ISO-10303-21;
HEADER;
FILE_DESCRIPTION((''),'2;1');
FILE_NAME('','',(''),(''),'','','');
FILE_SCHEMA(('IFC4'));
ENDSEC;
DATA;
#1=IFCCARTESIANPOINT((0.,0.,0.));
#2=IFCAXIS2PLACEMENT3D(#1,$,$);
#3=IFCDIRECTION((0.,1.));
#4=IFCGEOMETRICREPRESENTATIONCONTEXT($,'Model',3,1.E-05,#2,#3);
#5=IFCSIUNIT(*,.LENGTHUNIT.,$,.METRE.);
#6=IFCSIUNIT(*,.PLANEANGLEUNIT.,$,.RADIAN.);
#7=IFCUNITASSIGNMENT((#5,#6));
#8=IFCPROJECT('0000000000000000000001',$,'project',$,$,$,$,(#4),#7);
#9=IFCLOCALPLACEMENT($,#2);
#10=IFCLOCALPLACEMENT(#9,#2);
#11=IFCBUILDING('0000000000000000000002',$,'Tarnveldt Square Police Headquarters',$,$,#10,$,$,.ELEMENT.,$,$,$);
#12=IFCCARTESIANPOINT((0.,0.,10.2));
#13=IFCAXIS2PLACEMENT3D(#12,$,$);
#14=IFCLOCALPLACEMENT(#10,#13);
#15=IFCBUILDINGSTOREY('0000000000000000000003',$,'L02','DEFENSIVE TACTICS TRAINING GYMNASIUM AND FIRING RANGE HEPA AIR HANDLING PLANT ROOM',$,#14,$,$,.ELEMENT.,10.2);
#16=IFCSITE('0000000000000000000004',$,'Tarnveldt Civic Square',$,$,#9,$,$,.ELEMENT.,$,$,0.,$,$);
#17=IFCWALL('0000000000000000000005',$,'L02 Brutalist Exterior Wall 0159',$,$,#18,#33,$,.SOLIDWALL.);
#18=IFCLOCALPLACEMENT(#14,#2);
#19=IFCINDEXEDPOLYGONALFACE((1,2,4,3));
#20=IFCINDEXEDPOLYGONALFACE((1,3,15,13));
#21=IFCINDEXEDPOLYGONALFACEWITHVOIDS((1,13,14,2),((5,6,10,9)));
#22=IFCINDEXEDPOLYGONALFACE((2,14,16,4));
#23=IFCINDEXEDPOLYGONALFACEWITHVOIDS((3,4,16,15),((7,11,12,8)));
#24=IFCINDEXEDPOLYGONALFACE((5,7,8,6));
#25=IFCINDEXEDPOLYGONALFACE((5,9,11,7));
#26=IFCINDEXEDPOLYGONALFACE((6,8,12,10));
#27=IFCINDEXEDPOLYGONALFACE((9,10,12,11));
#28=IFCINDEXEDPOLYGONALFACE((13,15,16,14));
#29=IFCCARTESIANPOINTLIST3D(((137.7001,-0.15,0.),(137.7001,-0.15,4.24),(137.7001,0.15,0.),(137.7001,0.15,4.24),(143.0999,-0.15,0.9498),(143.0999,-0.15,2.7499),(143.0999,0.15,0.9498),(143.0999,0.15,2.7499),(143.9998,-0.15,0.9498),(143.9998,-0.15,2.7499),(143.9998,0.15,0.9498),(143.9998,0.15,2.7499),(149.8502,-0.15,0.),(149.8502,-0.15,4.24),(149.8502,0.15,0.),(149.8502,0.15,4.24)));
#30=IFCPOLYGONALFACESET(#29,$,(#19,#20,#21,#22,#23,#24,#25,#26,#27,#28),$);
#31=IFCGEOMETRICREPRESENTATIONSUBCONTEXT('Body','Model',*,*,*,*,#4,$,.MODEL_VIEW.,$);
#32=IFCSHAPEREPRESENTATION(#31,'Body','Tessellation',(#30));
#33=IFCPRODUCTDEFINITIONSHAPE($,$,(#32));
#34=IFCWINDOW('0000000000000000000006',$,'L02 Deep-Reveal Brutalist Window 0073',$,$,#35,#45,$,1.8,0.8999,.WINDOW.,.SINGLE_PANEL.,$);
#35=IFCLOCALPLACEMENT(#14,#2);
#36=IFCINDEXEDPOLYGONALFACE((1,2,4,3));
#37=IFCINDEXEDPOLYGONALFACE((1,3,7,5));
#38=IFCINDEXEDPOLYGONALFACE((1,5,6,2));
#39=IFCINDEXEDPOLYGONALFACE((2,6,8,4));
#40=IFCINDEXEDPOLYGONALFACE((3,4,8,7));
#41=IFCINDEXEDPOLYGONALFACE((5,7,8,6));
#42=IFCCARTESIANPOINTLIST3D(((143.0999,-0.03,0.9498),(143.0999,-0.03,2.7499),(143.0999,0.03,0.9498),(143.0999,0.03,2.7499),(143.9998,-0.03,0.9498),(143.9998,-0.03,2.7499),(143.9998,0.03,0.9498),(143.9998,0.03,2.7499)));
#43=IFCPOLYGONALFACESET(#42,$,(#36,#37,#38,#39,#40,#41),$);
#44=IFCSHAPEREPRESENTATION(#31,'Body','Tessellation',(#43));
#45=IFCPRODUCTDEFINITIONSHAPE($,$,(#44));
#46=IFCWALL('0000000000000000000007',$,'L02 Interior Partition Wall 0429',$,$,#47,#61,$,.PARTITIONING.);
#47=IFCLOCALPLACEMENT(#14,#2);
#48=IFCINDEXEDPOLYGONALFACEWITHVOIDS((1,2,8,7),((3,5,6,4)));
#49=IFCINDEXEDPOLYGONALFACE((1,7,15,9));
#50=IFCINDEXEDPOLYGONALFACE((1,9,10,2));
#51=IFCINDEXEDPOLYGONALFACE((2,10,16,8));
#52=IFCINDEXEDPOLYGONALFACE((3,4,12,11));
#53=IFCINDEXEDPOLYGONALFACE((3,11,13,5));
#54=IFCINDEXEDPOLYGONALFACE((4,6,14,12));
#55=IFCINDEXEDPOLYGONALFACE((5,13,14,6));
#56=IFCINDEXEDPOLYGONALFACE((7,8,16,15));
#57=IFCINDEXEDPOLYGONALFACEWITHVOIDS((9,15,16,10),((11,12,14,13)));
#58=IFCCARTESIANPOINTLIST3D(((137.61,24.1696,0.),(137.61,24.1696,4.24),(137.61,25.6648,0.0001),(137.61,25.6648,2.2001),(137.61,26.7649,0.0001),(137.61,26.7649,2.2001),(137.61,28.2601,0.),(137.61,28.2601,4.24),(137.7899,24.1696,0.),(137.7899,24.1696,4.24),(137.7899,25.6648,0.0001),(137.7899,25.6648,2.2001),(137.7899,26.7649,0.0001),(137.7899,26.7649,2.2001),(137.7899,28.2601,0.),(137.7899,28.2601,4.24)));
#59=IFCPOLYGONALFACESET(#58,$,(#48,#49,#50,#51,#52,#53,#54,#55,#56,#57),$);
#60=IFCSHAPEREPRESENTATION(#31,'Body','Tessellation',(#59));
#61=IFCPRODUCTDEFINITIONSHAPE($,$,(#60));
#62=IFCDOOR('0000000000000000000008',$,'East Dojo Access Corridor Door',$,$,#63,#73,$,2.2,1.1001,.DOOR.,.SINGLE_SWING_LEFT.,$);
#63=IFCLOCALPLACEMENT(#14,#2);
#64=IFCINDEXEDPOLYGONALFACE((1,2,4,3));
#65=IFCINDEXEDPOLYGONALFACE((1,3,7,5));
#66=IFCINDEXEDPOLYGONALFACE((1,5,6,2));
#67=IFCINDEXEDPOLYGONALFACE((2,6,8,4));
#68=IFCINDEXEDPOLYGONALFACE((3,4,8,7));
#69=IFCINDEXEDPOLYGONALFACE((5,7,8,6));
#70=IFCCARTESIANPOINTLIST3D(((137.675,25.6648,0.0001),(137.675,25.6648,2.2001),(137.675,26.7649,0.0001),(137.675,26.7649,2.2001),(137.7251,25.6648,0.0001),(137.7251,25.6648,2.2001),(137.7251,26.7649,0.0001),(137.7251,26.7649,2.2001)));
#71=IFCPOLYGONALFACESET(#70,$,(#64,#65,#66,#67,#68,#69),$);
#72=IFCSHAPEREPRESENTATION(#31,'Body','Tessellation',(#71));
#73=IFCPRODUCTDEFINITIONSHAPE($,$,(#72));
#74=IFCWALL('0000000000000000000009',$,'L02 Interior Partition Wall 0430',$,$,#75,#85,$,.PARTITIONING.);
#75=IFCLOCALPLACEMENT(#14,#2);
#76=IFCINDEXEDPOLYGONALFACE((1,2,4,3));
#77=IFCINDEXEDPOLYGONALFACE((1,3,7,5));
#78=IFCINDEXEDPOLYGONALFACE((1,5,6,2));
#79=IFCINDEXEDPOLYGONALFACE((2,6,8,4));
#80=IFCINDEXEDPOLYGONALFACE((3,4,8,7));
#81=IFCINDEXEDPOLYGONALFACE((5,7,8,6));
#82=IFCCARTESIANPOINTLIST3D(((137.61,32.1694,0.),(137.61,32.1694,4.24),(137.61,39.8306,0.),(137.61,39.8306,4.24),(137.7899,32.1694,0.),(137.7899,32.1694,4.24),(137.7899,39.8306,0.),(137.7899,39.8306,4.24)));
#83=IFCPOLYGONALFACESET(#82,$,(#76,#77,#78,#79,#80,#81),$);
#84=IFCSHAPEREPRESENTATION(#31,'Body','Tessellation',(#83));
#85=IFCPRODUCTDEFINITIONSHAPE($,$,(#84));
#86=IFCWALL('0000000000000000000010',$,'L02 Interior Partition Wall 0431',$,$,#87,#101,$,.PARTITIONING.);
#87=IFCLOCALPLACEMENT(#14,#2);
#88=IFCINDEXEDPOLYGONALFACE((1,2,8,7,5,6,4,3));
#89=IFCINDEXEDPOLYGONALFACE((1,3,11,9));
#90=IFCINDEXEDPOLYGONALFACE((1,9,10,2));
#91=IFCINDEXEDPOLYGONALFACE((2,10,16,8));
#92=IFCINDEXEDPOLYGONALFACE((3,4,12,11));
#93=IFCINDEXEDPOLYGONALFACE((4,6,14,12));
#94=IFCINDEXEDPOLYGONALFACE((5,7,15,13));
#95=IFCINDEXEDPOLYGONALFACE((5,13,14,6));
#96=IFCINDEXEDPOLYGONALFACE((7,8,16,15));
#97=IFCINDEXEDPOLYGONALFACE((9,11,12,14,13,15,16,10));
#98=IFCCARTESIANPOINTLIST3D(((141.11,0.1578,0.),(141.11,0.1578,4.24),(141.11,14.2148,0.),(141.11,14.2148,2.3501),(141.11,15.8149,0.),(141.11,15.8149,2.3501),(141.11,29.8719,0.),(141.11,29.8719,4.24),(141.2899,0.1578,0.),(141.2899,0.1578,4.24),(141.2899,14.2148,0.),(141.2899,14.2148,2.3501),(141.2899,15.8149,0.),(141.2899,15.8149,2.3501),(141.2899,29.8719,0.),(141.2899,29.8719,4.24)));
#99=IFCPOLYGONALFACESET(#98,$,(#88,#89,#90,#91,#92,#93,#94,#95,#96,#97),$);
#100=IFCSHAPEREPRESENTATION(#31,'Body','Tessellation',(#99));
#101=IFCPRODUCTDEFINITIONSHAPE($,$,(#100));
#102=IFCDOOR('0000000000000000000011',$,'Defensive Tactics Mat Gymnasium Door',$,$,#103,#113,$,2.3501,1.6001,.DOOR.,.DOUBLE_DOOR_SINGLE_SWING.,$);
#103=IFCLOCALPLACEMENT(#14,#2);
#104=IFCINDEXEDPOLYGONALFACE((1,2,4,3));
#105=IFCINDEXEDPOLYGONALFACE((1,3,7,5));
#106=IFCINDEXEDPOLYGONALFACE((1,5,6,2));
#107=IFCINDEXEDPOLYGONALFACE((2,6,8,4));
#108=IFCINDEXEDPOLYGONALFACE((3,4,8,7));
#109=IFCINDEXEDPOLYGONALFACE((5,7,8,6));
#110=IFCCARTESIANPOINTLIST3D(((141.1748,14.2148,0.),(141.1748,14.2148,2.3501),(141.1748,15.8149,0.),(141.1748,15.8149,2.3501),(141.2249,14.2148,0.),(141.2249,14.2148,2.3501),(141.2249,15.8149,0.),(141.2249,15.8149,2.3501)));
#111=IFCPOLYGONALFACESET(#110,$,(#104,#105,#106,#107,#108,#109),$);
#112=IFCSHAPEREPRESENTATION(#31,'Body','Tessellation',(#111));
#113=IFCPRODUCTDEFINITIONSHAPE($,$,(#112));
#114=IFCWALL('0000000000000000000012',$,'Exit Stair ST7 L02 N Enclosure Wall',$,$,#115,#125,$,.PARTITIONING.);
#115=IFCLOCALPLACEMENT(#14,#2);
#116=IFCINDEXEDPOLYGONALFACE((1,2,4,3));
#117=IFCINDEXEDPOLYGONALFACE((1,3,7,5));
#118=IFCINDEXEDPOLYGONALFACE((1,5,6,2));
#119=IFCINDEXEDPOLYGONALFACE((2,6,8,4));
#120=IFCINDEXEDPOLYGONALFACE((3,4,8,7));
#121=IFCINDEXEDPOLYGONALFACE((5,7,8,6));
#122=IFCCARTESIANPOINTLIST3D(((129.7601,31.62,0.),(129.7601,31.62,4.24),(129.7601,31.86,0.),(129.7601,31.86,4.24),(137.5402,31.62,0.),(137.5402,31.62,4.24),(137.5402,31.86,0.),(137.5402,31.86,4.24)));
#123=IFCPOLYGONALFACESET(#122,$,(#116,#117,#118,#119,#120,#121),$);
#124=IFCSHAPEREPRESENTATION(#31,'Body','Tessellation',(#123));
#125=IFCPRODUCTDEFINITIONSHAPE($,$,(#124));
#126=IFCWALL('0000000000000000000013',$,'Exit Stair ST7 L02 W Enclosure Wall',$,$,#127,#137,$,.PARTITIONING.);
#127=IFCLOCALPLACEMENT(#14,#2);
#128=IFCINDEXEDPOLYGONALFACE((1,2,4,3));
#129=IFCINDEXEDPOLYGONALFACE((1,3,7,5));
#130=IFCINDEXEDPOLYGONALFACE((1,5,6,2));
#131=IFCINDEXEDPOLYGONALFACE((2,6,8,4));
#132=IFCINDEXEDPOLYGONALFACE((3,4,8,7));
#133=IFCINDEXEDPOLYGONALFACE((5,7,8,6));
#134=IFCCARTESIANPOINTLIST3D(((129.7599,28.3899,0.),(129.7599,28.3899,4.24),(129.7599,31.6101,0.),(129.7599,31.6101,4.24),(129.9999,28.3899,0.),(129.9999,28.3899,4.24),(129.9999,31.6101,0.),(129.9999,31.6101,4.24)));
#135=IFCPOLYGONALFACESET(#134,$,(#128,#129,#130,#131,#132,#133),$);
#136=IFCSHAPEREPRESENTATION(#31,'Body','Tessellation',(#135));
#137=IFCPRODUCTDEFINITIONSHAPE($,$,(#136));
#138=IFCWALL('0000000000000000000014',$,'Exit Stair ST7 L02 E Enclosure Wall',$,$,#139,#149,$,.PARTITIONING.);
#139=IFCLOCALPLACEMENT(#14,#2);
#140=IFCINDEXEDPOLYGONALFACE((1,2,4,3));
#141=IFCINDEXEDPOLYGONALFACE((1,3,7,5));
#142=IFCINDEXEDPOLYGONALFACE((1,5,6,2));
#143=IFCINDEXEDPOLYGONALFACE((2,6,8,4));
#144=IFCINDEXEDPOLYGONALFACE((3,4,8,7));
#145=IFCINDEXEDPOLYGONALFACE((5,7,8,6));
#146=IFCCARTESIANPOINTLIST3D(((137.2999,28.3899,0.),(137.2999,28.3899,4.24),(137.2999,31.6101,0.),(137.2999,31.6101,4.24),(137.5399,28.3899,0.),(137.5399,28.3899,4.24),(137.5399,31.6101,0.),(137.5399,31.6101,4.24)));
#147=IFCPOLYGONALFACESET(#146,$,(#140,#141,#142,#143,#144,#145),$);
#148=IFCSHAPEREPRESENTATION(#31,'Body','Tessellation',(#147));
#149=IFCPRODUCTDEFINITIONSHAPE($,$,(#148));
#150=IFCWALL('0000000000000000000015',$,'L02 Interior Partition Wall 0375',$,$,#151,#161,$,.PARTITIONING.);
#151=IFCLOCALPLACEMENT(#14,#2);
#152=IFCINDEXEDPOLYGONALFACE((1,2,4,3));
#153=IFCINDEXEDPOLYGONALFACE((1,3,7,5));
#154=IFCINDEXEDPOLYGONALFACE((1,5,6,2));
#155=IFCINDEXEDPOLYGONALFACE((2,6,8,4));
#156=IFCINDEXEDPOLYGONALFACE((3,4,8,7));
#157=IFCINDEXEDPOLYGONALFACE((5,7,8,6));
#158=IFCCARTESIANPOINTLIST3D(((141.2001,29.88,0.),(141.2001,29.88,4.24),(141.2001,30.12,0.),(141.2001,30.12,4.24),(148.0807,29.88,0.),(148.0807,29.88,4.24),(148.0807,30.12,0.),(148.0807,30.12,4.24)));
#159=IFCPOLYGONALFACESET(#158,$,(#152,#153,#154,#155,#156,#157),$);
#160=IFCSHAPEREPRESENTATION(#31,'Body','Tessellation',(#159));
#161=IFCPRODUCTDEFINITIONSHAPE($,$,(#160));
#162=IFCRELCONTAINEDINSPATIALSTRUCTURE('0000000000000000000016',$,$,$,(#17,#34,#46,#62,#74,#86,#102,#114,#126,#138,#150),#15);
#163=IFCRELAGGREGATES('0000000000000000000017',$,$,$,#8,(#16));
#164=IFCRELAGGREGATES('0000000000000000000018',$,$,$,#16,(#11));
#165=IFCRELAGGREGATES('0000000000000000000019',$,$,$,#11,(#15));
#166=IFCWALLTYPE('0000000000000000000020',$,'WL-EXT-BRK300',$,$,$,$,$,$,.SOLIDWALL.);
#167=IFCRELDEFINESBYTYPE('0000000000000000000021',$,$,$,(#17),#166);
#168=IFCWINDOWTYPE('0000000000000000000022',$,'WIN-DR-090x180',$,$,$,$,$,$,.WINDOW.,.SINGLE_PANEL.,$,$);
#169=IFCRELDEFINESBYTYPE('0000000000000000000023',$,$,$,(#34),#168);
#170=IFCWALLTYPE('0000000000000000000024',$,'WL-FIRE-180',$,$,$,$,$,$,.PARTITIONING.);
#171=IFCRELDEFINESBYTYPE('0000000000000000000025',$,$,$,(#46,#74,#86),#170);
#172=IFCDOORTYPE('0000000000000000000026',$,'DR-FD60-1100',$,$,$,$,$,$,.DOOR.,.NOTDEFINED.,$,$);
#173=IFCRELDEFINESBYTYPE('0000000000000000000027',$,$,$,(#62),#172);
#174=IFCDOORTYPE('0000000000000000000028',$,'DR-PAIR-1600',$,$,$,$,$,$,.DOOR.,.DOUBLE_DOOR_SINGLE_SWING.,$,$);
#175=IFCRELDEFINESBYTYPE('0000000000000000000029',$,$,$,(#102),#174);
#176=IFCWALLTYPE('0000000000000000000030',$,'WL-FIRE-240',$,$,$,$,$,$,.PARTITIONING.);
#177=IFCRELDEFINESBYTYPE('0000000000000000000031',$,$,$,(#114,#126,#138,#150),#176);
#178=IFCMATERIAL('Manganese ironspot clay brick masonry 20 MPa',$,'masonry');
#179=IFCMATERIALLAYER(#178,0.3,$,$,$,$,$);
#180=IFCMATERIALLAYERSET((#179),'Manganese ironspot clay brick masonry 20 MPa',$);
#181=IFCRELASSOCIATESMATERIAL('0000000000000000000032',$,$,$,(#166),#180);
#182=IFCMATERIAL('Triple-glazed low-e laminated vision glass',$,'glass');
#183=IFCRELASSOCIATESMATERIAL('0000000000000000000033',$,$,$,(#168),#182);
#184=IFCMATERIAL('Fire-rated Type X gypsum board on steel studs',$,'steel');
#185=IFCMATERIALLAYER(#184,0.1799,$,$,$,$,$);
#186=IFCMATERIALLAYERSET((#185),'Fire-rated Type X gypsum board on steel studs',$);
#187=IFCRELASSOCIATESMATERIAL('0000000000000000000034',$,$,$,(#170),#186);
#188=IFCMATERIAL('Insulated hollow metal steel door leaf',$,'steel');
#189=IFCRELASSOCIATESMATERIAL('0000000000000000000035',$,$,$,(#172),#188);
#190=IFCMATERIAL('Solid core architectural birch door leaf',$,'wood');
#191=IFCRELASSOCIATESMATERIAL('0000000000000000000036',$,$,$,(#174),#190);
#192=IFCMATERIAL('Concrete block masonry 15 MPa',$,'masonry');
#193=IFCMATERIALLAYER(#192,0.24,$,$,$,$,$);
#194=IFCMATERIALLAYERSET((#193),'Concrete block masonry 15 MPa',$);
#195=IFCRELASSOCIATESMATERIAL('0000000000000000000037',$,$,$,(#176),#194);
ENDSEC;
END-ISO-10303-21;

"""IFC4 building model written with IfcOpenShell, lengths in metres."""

from ifc_helpers import new_model, si_unit, direction, frame, frame_2d, origin, place, context, subcontext, project, spatial, rectangle, extrude, material, layer, layer_set, type_object, element, fill, save


model = new_model("IFC4")

# Units and contexts
model_context = context("Model", 3, precision=1e-05, world=origin(), true_north=direction((0.0, 1.0)))
body_context = subcontext(model_context, "Body", "Model", "MODEL_VIEW")
ifc_project = project(units=[si_unit("LENGTHUNIT", "METRE"), si_unit("PLANEANGLEUNIT", "RADIAN")], contexts=[model_context])

# Site, building, storey
site_placement = place(None, origin())
site = spatial("IfcSite", under=ifc_project, at=site_placement, Name="Tarnveldt Civic Square", CompositionType="ELEMENT", RefElevation=0.0)
building_placement = place(site_placement, origin())
building = spatial("IfcBuilding", under=site, at=building_placement, Name="Tarnveldt Square Police Headquarters", CompositionType="ELEMENT")
storey_placement = place(building_placement, frame((0.0, 0.0, 10.2)))
storey = spatial("IfcBuildingStorey", under=building, at=storey_placement, Name="L02", Description="DEFENSIVE TACTICS TRAINING GYMNASIUM AND FIRING RANGE HEPA AIR HANDLING PLANT ROOM", CompositionType="ELEMENT", Elevation=10.2)

# Wall, opening, window
ifc_material_1 = material(Name="Manganese ironspot clay brick masonry 20 MPa", Category="masonry")
ifc_layer_1 = layer(ifc_material_1, 0.3)
ifc_layer_set_1 = layer_set([ifc_layer_1], Name="Manganese ironspot clay brick masonry 20 MPa")
wall_type_1 = type_object("IfcWallType", Name="WL-EXT-BRK300", PredefinedType="SOLIDWALL", material=ifc_layer_set_1)
ifc_material_2 = material(Name="Triple-glazed low-e laminated vision glass", Category="glass")
wall_1_placement = place(storey_placement, frame((137.7, 0.0, 0.0), z_axis=(0.0, 0.0, 1.0), x_axis=(1.0, 0.0, 0.0)))
wall_1 = element("IfcWall", 1, at=wall_1_placement, inside=storey, type_object=wall_type_1, Name="L02 Brutalist Exterior Wall 0159", PredefinedType="SOLIDWALL", context=body_context, shape_type="SweptSolid", body=[
    extrude(rectangle(XDim=12.1501, YDim=0.3, at=frame_2d((6.0752, 0.0))), origin(), (0.0, 0.0, 1.0), 4.24),
])
opening_1_placement = place(wall_1_placement, frame((5.3999, 0.0, 0.95)))
opening_1 = element("IfcOpeningElement", 2, at=opening_1_placement, cuts=wall_1, PredefinedType="OPENING", context=body_context, shape_type="SweptSolid", body=[
    extrude(rectangle(XDim=0.8999, YDim=1.8, at=frame_2d((0.45, 0.8999))), frame((0.0, 0.1599, 0.0), z_axis=(0.0, -1.0, 0.0), x_axis=(1.0, 0.0, 0.0)), (0.0, 0.0, 1.0), 0.3201),
])
window_type_1 = type_object("IfcWindowType", Name="WIN-DR-090x180", PartitioningType="SINGLE_PANEL", PredefinedType="WINDOW", material=ifc_material_2)
window_1_placement = place(opening_1_placement, origin())
window_1 = element("IfcWindow", 3, at=window_1_placement, inside=storey, type_object=window_type_1, Name="L02 Deep-Reveal Brutalist Window 0073", OverallHeight=1.8, OverallWidth=0.8999, PartitioningType="SINGLE_PANEL", PredefinedType="WINDOW", context=body_context, shape_type="SweptSolid", body=[
    extrude(rectangle(XDim=0.8999, YDim=1.8, at=frame_2d((0.45, 0.8999))), frame((0.0, 0.03, 0.0), z_axis=(0.0, -1.0, 0.0), x_axis=(1.0, 0.0, 0.0)), (0.0, 0.0, 1.0), 0.0601),
])
fill(opening_1, window_1)

# Wall, opening, door
ifc_material_3 = material(Name="Fire-rated Type X gypsum board on steel studs", Category="steel")
ifc_layer_2 = layer(ifc_material_3, 0.1799)
ifc_layer_set_2 = layer_set([ifc_layer_2], Name="Fire-rated Type X gypsum board on steel studs")
wall_type_2 = type_object("IfcWallType", Name="WL-FIRE-180", PredefinedType="PARTITIONING", material=ifc_layer_set_2)
wall_2_placement = place(storey_placement, frame((137.7, 24.1694, 0.0), z_axis=(0.0, 0.0, 1.0), x_axis=(0.0, 1.0, 0.0)))
wall_2 = element("IfcWall", 4, at=wall_2_placement, inside=storey, type_object=wall_type_2, Name="L02 Interior Partition Wall 0429", PredefinedType="PARTITIONING", context=body_context, shape_type="SweptSolid", body=[
    extrude(rectangle(XDim=4.0906, YDim=0.1799, at=frame_2d((2.0454, 0.0))), origin(), (0.0, 0.0, 1.0), 4.24),
])
opening_2_placement = place(wall_2_placement, frame((1.4954, 0.0, 0.0)))
opening_2 = element("IfcOpeningElement", 5, at=opening_2_placement, cuts=wall_2, PredefinedType="OPENING", context=body_context, shape_type="SweptSolid", body=[
    extrude(rectangle(XDim=1.1001, YDim=2.2, at=frame_2d((0.55, 1.1001))), frame((0.0, 0.0999, 0.0), z_axis=(0.0, -1.0, 0.0), x_axis=(1.0, 0.0, 0.0)), (0.0, 0.0, 1.0), 0.2),
])
ifc_material_4 = material(Name="Insulated hollow metal steel door leaf", Category="steel")
door_type_1 = type_object("IfcDoorType", Name="DR-FD60-1100", OperationType="NOTDEFINED", PredefinedType="DOOR", material=ifc_material_4)
door_1_placement = place(opening_2_placement, origin())
door_1 = element("IfcDoor", 6, at=door_1_placement, inside=storey, type_object=door_type_1, Name="East Dojo Access Corridor Door", OperationType="SINGLE_SWING_LEFT", OverallHeight=2.2, OverallWidth=1.1001, PredefinedType="DOOR", context=body_context, shape_type="SweptSolid", body=[
    extrude(rectangle(XDim=1.1001, YDim=2.2, at=frame_2d((0.55, 1.1001))), frame((0.0, 0.0249, 0.0), z_axis=(0.0, -1.0, 0.0), x_axis=(1.0, 0.0, 0.0)), (0.0, 0.0, 1.0), 0.05),
])
fill(opening_2, door_1)

# Wall
wall_3_placement = place(storey_placement, frame((137.7, 32.1694, 0.0), z_axis=(0.0, 0.0, 1.0), x_axis=(0.0, 1.0, 0.0)))
element("IfcWall", 7, at=wall_3_placement, inside=storey, type_object=wall_type_2, Name="L02 Interior Partition Wall 0430", PredefinedType="PARTITIONING", context=body_context, shape_type="SweptSolid", body=[
    extrude(rectangle(XDim=7.6611, YDim=0.1799, at=frame_2d((3.8306, 0.0))), origin(), (0.0, 0.0, 1.0), 4.24),
])

# Wall, opening, door
wall_4_placement = place(storey_placement, frame((141.2, 0.158, 0.0), z_axis=(0.0, 0.0, 1.0), x_axis=(0.0, 1.0, 0.0)))
wall_4 = element("IfcWall", 8, at=wall_4_placement, inside=storey, type_object=wall_type_2, Name="L02 Interior Partition Wall 0431", PredefinedType="PARTITIONING", context=body_context, shape_type="SweptSolid", body=[
    extrude(rectangle(XDim=29.7141, YDim=0.1799, at=frame_2d((14.8569, 0.0))), origin(), (0.0, 0.0, 1.0), 4.24),
])
opening_3_placement = place(wall_4_placement, frame((14.0569, 0.0, 0.0)))
opening_3 = element("IfcOpeningElement", 9, at=opening_3_placement, cuts=wall_4, PredefinedType="OPENING", context=body_context, shape_type="SweptSolid", body=[
    extrude(rectangle(XDim=1.6001, YDim=2.3501, at=frame_2d((0.8, 1.175))), frame((0.0, 0.0999, 0.0), z_axis=(0.0, -1.0, 0.0), x_axis=(1.0, 0.0, 0.0)), (0.0, 0.0, 1.0), 0.2),
])
ifc_material_5 = material(Name="Solid core architectural birch door leaf", Category="wood")
door_type_2 = type_object("IfcDoorType", Name="DR-PAIR-1600", OperationType="DOUBLE_DOOR_SINGLE_SWING", PredefinedType="DOOR", material=ifc_material_5)
door_2_placement = place(opening_3_placement, frame((1.6001, 0.0, 0.0), z_axis=(0.0, 0.0, 1.0), x_axis=(-1.0, 0.0, 0.0)))
door_2 = element("IfcDoor", 10, at=door_2_placement, inside=storey, type_object=door_type_2, Name="Defensive Tactics Mat Gymnasium Door", OperationType="DOUBLE_DOOR_SINGLE_SWING", OverallHeight=2.3501, OverallWidth=1.6001, PredefinedType="DOOR", context=body_context, shape_type="SweptSolid", body=[
    extrude(rectangle(XDim=1.6001, YDim=2.3501, at=frame_2d((0.8, 1.175))), frame((0.0, 0.0249, 0.0), z_axis=(0.0, -1.0, 0.0), x_axis=(1.0, 0.0, 0.0)), (0.0, 0.0, 1.0), 0.05),
])
fill(opening_3, door_2)

# Walls
ifc_material_6 = material(Name="Concrete block masonry 15 MPa", Category="masonry")
ifc_layer_3 = layer(ifc_material_6, 0.24)
ifc_layer_set_3 = layer_set([ifc_layer_3], Name="Concrete block masonry 15 MPa")
wall_type_3 = type_object("IfcWallType", Name="WL-FIRE-240", PredefinedType="PARTITIONING", material=ifc_layer_set_3)
wall_5_placement = place(storey_placement, frame((129.76, 31.74, 0.0), z_axis=(0.0, 0.0, 1.0), x_axis=(1.0, 0.0, 0.0)))
element("IfcWall", 11, at=wall_5_placement, inside=storey, type_object=wall_type_3, Name="Exit Stair ST7 L02 N Enclosure Wall", PredefinedType="PARTITIONING", context=body_context, shape_type="SweptSolid", body=[
    extrude(rectangle(XDim=7.78, YDim=0.24, at=frame_2d((3.8901, 0.0))), origin(), (0.0, 0.0, 1.0), 4.24),
])
for number, where, z_axis, x_axis, name in (
    (12, (129.8799, 28.3899, 0.0), (0.0, 0.0, 1.0), (0.0, 1.0, 0.0), "Exit Stair ST7 L02 W Enclosure Wall"),
    (13, (137.4199, 28.3899, 0.0), (0.0, 0.0, 1.0), (0.0, 1.0, 0.0), "Exit Stair ST7 L02 E Enclosure Wall"),
):
    element("IfcWall", number, at=place(storey_placement, frame(where, z_axis=z_axis, x_axis=x_axis)), inside=storey, type_object=wall_type_3, Name=name, PredefinedType="PARTITIONING", context=body_context, shape_type="SweptSolid", body=[
        extrude(rectangle(XDim=3.2202, YDim=0.24, at=frame_2d((1.6101, 0.0))), origin(), (0.0, 0.0, 1.0), 4.24),
    ])
wall_6_placement = place(storey_placement, frame((141.2, 30.0, 0.0), z_axis=(0.0, 0.0, 1.0), x_axis=(1.0, 0.0, 0.0)))
element("IfcWall", 14, at=wall_6_placement, inside=storey, type_object=wall_type_3, Name="L02 Interior Partition Wall 0375", PredefinedType="PARTITIONING", context=body_context, shape_type="SweptSolid", body=[
    extrude(rectangle(XDim=6.8806, YDim=0.24, at=frame_2d((3.4404, 0.0))), origin(), (0.0, 0.0, 1.0), 4.24),
])

save(model, "model.ifc")
